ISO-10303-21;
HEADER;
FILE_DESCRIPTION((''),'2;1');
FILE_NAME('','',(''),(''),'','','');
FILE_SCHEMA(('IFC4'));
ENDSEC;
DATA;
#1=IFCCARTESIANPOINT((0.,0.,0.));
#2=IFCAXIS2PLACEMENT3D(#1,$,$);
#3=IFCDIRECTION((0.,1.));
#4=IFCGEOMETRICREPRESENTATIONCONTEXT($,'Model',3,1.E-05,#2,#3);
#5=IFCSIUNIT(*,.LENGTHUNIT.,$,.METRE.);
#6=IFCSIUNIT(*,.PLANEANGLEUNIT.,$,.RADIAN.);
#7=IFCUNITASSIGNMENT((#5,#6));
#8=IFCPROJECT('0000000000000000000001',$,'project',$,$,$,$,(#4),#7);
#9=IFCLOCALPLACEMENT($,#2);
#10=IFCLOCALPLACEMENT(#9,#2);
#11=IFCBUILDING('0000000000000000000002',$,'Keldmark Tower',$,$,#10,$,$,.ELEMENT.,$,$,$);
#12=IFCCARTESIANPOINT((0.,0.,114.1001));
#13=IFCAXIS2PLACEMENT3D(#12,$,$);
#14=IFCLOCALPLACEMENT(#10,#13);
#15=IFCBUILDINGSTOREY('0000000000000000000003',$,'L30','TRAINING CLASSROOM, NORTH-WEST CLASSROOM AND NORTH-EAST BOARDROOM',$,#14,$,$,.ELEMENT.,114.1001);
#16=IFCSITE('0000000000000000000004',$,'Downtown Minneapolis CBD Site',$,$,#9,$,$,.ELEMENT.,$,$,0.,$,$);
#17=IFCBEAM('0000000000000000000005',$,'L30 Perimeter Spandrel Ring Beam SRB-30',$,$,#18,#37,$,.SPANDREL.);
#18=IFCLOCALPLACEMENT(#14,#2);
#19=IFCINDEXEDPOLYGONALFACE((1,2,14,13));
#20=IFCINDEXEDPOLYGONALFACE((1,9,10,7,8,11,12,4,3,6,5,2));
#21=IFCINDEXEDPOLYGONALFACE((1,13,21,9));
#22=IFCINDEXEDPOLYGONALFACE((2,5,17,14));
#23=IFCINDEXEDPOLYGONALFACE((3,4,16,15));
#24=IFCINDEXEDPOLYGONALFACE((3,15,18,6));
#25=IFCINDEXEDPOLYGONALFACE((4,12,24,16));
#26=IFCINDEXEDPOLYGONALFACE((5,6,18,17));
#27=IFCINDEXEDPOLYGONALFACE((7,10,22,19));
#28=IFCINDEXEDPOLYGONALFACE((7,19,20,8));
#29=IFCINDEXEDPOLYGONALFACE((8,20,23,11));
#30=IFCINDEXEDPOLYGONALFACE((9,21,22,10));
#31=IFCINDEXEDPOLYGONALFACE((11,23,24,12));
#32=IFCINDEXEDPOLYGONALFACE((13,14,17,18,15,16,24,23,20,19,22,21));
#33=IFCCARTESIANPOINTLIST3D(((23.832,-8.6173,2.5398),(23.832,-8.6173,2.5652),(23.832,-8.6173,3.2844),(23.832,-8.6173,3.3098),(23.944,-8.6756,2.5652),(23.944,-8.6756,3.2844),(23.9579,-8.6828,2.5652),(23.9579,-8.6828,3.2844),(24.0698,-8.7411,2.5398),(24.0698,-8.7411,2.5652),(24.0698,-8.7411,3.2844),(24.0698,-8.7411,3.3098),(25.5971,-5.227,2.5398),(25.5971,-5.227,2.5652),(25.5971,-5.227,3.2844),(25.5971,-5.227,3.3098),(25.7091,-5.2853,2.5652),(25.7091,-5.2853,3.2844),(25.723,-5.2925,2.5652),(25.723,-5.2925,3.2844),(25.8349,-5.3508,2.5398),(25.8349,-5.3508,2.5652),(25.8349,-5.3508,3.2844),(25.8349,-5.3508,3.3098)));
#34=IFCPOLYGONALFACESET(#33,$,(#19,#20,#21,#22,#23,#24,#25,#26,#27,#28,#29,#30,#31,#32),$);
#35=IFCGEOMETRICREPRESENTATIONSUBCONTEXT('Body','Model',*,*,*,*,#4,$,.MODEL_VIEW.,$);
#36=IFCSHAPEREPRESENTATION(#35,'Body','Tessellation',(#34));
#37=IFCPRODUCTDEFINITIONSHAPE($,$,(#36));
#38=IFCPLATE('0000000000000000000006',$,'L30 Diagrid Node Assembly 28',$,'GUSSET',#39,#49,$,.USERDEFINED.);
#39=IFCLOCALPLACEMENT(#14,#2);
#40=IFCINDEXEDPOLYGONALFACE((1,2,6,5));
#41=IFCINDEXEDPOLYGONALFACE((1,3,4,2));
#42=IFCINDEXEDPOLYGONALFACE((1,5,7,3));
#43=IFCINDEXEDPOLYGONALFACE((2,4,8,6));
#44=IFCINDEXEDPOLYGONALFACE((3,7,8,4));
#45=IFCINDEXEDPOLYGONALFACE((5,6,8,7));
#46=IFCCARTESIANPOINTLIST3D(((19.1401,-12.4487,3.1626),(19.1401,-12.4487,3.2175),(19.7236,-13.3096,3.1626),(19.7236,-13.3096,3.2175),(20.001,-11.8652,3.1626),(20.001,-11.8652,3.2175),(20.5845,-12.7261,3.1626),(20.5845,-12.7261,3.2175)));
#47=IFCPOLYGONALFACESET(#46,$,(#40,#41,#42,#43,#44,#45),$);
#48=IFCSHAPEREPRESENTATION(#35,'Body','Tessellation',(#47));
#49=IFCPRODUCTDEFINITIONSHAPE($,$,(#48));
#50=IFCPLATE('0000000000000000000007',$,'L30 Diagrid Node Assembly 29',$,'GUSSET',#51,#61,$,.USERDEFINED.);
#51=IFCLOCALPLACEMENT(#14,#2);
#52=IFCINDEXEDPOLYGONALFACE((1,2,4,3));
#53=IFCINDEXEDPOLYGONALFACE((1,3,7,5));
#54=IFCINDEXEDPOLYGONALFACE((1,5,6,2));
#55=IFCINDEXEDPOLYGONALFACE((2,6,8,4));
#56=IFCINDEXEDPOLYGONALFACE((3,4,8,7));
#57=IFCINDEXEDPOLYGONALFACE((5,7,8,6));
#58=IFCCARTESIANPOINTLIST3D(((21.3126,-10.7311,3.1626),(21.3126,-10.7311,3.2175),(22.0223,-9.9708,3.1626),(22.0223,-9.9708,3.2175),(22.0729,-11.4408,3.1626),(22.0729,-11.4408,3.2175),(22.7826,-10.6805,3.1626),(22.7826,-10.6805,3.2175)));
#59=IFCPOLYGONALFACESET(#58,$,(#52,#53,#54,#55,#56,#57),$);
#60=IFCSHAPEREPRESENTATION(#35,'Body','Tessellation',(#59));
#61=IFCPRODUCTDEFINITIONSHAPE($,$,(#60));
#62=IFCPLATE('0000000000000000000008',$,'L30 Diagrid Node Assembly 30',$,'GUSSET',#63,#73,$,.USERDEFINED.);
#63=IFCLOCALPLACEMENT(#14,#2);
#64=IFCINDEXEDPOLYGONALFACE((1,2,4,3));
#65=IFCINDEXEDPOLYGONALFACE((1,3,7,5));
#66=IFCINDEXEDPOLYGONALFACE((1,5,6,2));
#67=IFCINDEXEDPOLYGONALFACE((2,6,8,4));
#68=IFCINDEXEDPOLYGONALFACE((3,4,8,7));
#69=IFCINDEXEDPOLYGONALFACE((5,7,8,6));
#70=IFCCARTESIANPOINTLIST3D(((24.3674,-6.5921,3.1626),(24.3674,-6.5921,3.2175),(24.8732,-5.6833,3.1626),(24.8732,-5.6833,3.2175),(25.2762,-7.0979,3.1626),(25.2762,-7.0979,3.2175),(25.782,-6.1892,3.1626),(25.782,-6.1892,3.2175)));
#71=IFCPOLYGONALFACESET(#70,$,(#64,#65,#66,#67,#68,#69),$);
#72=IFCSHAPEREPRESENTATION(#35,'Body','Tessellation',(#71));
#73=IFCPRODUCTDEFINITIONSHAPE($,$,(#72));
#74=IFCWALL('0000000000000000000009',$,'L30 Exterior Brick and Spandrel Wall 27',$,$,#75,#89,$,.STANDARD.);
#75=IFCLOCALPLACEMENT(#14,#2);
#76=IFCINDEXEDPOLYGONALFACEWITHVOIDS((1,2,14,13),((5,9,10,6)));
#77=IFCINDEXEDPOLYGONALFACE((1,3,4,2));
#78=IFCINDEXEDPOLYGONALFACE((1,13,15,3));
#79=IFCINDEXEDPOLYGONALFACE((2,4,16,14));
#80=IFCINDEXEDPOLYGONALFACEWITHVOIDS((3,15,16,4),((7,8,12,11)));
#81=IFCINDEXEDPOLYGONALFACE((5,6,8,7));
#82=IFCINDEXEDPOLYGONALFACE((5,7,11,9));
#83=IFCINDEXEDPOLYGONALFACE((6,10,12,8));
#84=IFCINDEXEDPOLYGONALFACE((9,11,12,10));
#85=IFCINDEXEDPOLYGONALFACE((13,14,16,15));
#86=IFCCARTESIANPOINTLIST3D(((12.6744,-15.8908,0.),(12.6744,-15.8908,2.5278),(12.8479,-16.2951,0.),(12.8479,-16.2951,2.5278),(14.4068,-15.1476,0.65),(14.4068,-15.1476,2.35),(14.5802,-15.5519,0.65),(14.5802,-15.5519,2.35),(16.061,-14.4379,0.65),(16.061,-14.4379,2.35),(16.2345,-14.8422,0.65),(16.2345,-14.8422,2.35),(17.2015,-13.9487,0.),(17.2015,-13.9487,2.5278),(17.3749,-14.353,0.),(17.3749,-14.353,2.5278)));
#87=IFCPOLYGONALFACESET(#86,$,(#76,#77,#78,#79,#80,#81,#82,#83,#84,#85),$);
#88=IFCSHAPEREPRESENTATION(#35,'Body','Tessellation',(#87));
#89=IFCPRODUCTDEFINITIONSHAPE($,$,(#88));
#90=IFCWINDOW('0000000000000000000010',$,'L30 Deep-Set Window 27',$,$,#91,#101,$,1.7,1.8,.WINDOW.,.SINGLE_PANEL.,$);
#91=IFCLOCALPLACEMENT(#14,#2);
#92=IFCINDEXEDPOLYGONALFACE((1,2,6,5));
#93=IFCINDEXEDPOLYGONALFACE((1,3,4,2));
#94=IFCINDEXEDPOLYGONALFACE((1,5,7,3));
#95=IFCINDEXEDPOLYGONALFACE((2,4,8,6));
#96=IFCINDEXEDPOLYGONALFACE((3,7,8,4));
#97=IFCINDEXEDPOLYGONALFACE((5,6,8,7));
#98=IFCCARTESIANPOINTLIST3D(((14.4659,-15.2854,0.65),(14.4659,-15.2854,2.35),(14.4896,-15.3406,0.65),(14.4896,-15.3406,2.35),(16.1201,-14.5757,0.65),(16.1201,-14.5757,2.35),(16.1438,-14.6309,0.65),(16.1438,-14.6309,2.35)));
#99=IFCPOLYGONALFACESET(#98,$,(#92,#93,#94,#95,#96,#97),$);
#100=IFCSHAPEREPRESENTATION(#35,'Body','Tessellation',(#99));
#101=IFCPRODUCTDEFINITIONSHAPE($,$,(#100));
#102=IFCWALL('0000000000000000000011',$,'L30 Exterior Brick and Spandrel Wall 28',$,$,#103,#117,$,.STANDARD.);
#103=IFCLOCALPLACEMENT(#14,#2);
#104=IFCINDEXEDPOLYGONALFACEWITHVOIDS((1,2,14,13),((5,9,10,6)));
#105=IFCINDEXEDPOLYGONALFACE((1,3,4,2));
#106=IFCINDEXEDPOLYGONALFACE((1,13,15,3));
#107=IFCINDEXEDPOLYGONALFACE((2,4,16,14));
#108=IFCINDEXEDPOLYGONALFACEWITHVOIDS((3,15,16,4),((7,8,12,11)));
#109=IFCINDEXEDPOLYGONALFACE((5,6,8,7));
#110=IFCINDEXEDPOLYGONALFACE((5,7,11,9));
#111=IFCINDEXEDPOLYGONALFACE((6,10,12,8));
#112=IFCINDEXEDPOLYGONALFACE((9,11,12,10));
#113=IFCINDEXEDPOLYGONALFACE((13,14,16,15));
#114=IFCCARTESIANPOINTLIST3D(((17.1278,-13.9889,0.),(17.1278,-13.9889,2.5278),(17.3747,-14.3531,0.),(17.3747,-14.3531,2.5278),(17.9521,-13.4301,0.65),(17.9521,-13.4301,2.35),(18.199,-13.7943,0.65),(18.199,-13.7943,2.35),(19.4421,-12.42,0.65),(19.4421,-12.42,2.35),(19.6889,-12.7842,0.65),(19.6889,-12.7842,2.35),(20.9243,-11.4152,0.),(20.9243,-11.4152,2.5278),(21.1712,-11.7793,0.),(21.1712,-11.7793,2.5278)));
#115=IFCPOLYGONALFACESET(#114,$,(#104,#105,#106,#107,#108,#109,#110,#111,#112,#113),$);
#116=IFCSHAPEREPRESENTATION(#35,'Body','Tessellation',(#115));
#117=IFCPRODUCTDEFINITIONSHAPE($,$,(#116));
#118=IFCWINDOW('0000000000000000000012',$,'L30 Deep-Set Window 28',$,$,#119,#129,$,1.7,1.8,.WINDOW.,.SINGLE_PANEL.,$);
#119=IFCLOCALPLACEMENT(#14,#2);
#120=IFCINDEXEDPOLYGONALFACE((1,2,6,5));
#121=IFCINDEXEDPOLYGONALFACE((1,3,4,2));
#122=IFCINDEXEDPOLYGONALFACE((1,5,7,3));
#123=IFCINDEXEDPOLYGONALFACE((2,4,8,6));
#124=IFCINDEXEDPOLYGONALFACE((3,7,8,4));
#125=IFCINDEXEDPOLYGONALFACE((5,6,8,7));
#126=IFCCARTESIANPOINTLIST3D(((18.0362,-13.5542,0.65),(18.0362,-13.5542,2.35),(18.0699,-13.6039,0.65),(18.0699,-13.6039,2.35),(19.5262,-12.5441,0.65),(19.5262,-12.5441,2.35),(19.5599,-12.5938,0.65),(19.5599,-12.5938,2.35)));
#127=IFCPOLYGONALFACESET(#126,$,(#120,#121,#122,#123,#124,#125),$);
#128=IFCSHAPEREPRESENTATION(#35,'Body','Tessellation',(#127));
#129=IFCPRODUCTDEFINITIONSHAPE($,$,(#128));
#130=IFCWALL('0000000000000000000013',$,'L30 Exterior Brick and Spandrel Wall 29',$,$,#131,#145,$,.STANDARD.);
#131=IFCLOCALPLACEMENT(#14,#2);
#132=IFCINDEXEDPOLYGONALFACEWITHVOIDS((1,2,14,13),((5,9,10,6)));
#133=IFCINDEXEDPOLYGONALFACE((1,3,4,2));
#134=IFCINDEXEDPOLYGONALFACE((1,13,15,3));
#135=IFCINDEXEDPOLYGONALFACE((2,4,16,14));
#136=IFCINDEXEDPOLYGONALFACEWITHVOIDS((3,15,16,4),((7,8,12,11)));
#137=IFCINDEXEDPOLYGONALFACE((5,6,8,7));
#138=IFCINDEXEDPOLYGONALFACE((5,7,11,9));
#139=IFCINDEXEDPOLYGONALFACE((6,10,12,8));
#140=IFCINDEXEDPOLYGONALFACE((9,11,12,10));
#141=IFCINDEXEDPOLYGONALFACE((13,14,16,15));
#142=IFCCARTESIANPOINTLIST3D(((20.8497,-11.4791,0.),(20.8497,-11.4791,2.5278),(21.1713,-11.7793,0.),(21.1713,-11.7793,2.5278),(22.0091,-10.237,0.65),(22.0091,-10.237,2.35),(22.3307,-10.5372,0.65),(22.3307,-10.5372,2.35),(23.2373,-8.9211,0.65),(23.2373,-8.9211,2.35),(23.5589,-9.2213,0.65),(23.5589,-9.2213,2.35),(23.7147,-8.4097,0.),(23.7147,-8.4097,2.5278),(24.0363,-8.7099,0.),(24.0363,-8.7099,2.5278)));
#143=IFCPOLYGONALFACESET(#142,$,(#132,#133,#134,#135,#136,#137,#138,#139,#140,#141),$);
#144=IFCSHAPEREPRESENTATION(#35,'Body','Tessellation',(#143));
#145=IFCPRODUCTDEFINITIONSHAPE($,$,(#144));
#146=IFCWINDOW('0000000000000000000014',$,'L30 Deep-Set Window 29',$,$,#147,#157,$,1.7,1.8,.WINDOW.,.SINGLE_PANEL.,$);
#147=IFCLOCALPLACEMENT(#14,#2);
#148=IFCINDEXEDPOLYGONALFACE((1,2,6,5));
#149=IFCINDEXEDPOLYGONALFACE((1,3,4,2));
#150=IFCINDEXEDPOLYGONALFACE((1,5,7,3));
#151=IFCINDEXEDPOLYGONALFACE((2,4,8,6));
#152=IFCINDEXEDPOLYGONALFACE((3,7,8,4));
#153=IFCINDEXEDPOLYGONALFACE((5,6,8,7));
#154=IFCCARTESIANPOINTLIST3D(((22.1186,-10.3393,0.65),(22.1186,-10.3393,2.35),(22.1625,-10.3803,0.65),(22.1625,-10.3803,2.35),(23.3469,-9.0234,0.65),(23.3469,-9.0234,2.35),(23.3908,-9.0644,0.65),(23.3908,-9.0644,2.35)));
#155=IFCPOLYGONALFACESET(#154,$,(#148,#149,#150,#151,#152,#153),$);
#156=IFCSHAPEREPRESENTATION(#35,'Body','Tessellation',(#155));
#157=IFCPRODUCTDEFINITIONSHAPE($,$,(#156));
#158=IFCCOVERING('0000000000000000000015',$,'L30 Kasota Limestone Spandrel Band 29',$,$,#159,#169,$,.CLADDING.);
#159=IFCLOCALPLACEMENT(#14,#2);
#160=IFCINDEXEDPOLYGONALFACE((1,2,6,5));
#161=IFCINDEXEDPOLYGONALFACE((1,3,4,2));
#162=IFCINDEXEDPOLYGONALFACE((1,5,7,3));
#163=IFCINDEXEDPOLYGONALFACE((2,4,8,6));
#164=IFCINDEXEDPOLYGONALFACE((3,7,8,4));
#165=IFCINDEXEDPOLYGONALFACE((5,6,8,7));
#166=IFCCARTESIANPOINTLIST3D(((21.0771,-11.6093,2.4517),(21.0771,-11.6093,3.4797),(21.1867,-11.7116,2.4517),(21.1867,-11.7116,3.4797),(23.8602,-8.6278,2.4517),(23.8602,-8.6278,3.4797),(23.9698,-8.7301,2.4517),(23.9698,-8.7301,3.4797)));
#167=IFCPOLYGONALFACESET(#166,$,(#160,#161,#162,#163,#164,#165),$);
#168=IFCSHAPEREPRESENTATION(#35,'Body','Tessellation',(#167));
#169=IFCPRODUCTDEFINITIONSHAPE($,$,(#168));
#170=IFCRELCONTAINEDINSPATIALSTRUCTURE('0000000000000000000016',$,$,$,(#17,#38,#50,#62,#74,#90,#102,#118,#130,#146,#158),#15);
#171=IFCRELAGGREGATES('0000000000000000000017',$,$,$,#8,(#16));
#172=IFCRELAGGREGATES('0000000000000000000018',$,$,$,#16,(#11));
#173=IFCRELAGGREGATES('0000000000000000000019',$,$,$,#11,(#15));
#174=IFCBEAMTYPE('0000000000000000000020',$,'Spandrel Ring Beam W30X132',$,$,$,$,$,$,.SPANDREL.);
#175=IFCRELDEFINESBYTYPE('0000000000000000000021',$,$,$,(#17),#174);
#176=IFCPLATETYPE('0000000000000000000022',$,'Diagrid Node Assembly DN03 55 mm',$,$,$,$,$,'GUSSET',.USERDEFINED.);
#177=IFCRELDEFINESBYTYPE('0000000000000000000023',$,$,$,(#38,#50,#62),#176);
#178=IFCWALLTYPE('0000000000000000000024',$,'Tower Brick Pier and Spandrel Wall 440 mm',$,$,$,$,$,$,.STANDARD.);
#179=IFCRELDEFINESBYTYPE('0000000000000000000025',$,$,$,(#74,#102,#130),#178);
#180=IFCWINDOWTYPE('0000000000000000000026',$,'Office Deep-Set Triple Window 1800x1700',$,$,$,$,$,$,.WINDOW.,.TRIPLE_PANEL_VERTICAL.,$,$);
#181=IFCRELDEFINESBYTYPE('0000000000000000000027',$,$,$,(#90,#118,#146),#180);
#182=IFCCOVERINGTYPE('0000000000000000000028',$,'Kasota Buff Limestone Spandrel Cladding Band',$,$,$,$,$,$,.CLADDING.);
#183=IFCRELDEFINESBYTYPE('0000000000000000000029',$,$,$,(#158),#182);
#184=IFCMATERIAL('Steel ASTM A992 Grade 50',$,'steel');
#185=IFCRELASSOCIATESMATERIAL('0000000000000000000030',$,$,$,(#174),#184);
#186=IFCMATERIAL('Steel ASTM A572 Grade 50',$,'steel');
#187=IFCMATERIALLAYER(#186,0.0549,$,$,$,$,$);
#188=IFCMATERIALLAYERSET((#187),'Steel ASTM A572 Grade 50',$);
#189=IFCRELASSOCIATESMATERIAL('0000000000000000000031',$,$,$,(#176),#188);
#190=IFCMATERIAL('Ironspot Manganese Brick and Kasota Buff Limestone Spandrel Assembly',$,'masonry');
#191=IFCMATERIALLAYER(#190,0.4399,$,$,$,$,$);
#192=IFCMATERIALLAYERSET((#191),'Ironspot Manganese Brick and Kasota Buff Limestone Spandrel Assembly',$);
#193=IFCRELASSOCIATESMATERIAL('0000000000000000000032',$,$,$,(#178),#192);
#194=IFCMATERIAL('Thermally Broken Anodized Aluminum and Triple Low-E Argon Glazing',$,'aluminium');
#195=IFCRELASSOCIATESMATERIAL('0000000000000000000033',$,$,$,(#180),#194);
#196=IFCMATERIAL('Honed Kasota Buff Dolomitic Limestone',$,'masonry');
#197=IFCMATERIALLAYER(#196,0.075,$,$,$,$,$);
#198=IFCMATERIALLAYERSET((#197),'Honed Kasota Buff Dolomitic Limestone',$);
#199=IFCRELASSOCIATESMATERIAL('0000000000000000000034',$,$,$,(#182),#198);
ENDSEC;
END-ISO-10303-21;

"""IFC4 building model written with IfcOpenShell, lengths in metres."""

from ifc_helpers import new_model, si_unit, direction, frame, frame_2d, origin, origin_2d, place, context, subcontext, project, spatial, rectangle, i_section, extrude, material, layer, layer_set, material_profile, profile_set, type_object, element, fill, save


model = new_model("IFC4")

# Units and contexts
model_context = context("Model", 3, precision=1e-05, world=origin(), true_north=direction((0.0, 1.0)))
body_context = subcontext(model_context, "Body", "Model", "MODEL_VIEW")
ifc_project = project(units=[si_unit("LENGTHUNIT", "METRE"), si_unit("PLANEANGLEUNIT", "RADIAN")], contexts=[model_context])

# Site, building, storey
site_placement = place(None, origin())
site = spatial("IfcSite", under=ifc_project, at=site_placement, Name="Downtown Minneapolis CBD Site", CompositionType="ELEMENT", RefElevation=0.0)
building_placement = place(site_placement, origin())
building = spatial("IfcBuilding", under=site, at=building_placement, Name="Keldmark Tower", CompositionType="ELEMENT")
storey_placement = place(building_placement, frame((0.0, 0.0, 114.1001)))
storey = spatial("IfcBuildingStorey", under=building, at=storey_placement, Name="L30", Description="TRAINING CLASSROOM, NORTH-WEST CLASSROOM AND NORTH-EAST BOARDROOM", CompositionType="ELEMENT", Elevation=114.1001)

# Beam
ifc_material_1 = material(Name="Steel ASTM A992 Grade 50", Category="steel")
ifc_material_profile_1 = material_profile(ifc_material_1, i_section(OverallWidth=0.2681, OverallDepth=0.77, WebThickness=0.0156, FlangeThickness=0.0254, at=origin_2d()), Name="W30X132")
ifc_profile_set_1 = profile_set([ifc_material_profile_1], Name="Steel ASTM A992 Grade 50")
beam_type_1 = type_object("IfcBeamType", Name="Spandrel Ring Beam W30X132", PredefinedType="SPANDREL", material=ifc_profile_set_1)
beam_1_placement = place(storey_placement, frame((23.9509, -8.6792, 2.9248), z_axis=(0.461793, 0.886988, 0.0), x_axis=(-0.886988, 0.461793, 0.0)))
element("IfcBeam", 1, at=beam_1_placement, inside=storey, type_object=beam_type_1, Name="L30 Perimeter Spandrel Ring Beam SRB-30", PredefinedType="SPANDREL", context=body_context, shape_type="SweptSolid", body=[
    extrude(i_section(OverallWidth=0.2681, OverallDepth=0.77, WebThickness=0.0156, FlangeThickness=0.0254, at=origin_2d()), origin(), (0.0, 0.0, 1.0), 3.8223),
])

# Plates
ifc_material_2 = material(Name="Steel ASTM A572 Grade 50", Category="steel")
ifc_layer_1 = layer(ifc_material_2, 0.0549)
ifc_layer_set_1 = layer_set([ifc_layer_1], Name="Steel ASTM A572 Grade 50")
plate_type = type_object("IfcPlateType", Name="Diagrid Node Assembly DN03 55 mm", ElementType="GUSSET", PredefinedType="USERDEFINED", material=ifc_layer_set_1)
for number, where, z_axis, x_axis, name in (
    (2, (19.8623, -12.5874, 3.1626), (0.0, 0.0, 1.0), (0.827767, 0.561072, 0.0), "L30 Diagrid Node Assembly 28"),
    (3, (22.0476, -10.7058, 3.1626), (0.0, 0.0, 1.0), (0.682381, 0.730997, 0.0), "L30 Diagrid Node Assembly 29"),
    (4, (25.0747, -6.3906, 3.1626), (0.0, 0.0, 1.0), (0.486335, 0.873772, 0.0), "L30 Diagrid Node Assembly 30"),
):
    element("IfcPlate", number, at=place(storey_placement, frame(where, z_axis=z_axis, x_axis=x_axis)), inside=storey, type_object=plate_type, Name=name, ObjectType="GUSSET", PredefinedType="USERDEFINED", context=body_context, shape_type="SweptSolid", body=[
        extrude(rectangle(XDim=1.04, YDim=1.04, at=origin_2d()), origin(), (0.0, 0.0, 1.0), 0.0549),
    ])

# Walls, openings, windows
ifc_material_3 = material(Name="Ironspot Manganese Brick and Kasota Buff Limestone Spandrel Assembly", Category="masonry")
ifc_layer_2 = layer(ifc_material_3, 0.4399)
ifc_layer_set_2 = layer_set([ifc_layer_2], Name="Ironspot Manganese Brick and Kasota Buff Limestone Spandrel Assembly")
wall_type = type_object("IfcWallType", Name="Tower Brick Pier and Spandrel Wall 440 mm", PredefinedType="STANDARD", material=ifc_layer_set_2)
wall_1_placement = place(storey_placement, frame((17.2881, -14.1509, 0.0), z_axis=(0.0, 0.0, 1.0), x_axis=(-0.919001, -0.394254, 0.0)))
wall_1 = element("IfcWall", 5, at=wall_1_placement, inside=storey, type_object=wall_type, Name="L30 Exterior Brick and Spandrel Wall 27", PredefinedType="STANDARD", context=body_context, shape_type="SweptSolid", body=[
    extrude(rectangle(XDim=4.926, YDim=0.4399, at=frame_2d((2.4629, 0.0))), origin(), (0.0, 0.0, 1.0), 2.5278),
])
opening_1_placement = place(wall_1_placement, frame((1.241, 0.0, 0.6499)))
opening_1 = element("IfcOpeningElement", 6, at=opening_1_placement, cuts=wall_1, PredefinedType="OPENING", context=body_context, shape_type="SweptSolid", body=[
    extrude(rectangle(XDim=1.8, YDim=1.7, at=frame_2d((0.8999, 0.8501))), frame((0.0, 0.23, 0.0), z_axis=(0.0, -1.0, 0.0), x_axis=(1.0, 0.0, 0.0)), (0.0, 0.0, 1.0), 0.46),
])
ifc_material_4 = material(Name="Thermally Broken Anodized Aluminum and Triple Low-E Argon Glazing", Category="aluminium")
window_type = type_object("IfcWindowType", Name="Office Deep-Set Triple Window 1800x1700", PartitioningType="TRIPLE_PANEL_VERTICAL", PredefinedType="WINDOW", material=ifc_material_4)
window_1_placement = place(opening_1_placement, origin())
window_1 = element("IfcWindow", 7, at=window_1_placement, inside=storey, type_object=window_type, Name="L30 Deep-Set Window 27", OverallHeight=1.7, OverallWidth=1.8, PartitioningType="SINGLE_PANEL", PredefinedType="WINDOW", context=body_context, shape_type="SweptSolid", body=[
    extrude(rectangle(XDim=1.8, YDim=1.7, at=frame_2d((0.8999, 0.8501))), frame((0.0, -0.01, 0.0), z_axis=(0.0, -1.0, 0.0), x_axis=(1.0, 0.0, 0.0)), (0.0, 0.0, 1.0), 0.0601),
])
fill(opening_1, window_1)
wall_2_placement = place(storey_placement, frame((21.0479, -11.5972, 0.0), z_axis=(0.0, 0.0, 1.0), x_axis=(-0.827718, -0.561145, 0.0)))
wall_2 = element("IfcWall", 8, at=wall_2_placement, inside=storey, type_object=wall_type, Name="L30 Exterior Brick and Spandrel Wall 28", PredefinedType="STANDARD", context=body_context, shape_type="SweptSolid", body=[
    extrude(rectangle(XDim=4.5867, YDim=0.4399, at=frame_2d((2.2935, 0.0))), origin(), (0.0, 0.0, 1.0), 2.5278),
])
opening_2_placement = place(wall_2_placement, frame((1.791, 0.0, 0.6499)))
opening_2 = element("IfcOpeningElement", 9, at=opening_2_placement, cuts=wall_2, PredefinedType="OPENING", context=body_context, shape_type="SweptSolid", body=[
    extrude(rectangle(XDim=1.8, YDim=1.7, at=frame_2d((0.8999, 0.8501))), frame((0.0, 0.23, 0.0), z_axis=(0.0, -1.0, 0.0), x_axis=(1.0, 0.0, 0.0)), (0.0, 0.0, 1.0), 0.46),
])
window_2_placement = place(opening_2_placement, origin())
window_2 = element("IfcWindow", 10, at=window_2_placement, inside=storey, type_object=window_type, Name="L30 Deep-Set Window 28", OverallHeight=1.7, OverallWidth=1.8, PartitioningType="SINGLE_PANEL", PredefinedType="WINDOW", context=body_context, shape_type="SweptSolid", body=[
    extrude(rectangle(XDim=1.8, YDim=1.7, at=frame_2d((0.8999, 0.8501))), frame((0.0, -0.01, 0.0), z_axis=(0.0, -1.0, 0.0), x_axis=(1.0, 0.0, 0.0)), (0.0, 0.0, 1.0), 0.0601),
])
fill(opening_2, window_2)
wall_3_placement = place(storey_placement, frame((23.8755, -8.5598, 0.0), z_axis=(0.0, 0.0, 1.0), x_axis=(-0.682353, -0.731022, 0.0)))
wall_3 = element("IfcWall", 11, at=wall_3_placement, inside=storey, type_object=wall_type, Name="L30 Exterior Brick and Spandrel Wall 29", PredefinedType="STANDARD", context=body_context, shape_type="SweptSolid", body=[
    extrude(rectangle(XDim=4.1987, YDim=0.4399, at=frame_2d((2.0994, 0.0))), origin(), (0.0, 0.0, 1.0), 2.5278),
])
opening_3_placement = place(wall_3_placement, frame((0.6997, 0.0, 0.6499)))
opening_3 = element("IfcOpeningElement", 12, at=opening_3_placement, cuts=wall_3, PredefinedType="OPENING", context=body_context, shape_type="SweptSolid", body=[
    extrude(rectangle(XDim=1.8, YDim=1.7, at=frame_2d((0.8999, 0.8501))), frame((0.0, 0.23, 0.0), z_axis=(0.0, -1.0, 0.0), x_axis=(1.0, 0.0, 0.0)), (0.0, 0.0, 1.0), 0.46),
])
window_3_placement = place(opening_3_placement, origin())
window_3 = element("IfcWindow", 13, at=window_3_placement, inside=storey, type_object=window_type, Name="L30 Deep-Set Window 29", OverallHeight=1.7, OverallWidth=1.8, PartitioningType="SINGLE_PANEL", PredefinedType="WINDOW", context=body_context, shape_type="SweptSolid", body=[
    extrude(rectangle(XDim=1.8, YDim=1.7, at=frame_2d((0.8999, 0.8501))), frame((0.0, -0.01, 0.0), z_axis=(0.0, -1.0, 0.0), x_axis=(1.0, 0.0, 0.0)), (0.0, 0.0, 1.0), 0.0601),
])
fill(opening_3, window_3)

# Covering
ifc_material_5 = material(Name="Honed Kasota Buff Dolomitic Limestone", Category="masonry")
ifc_layer_3 = layer(ifc_material_5, 0.075)
ifc_layer_set_3 = layer_set([ifc_layer_3], Name="Honed Kasota Buff Dolomitic Limestone")
covering_type = type_object("IfcCoveringType", Name="Kasota Buff Limestone Spandrel Cladding Band", PredefinedType="CLADDING", material=ifc_layer_set_3)
covering_placement = place(storey_placement, frame((22.5234, -10.1697, 2.4517), z_axis=(0.0, 0.0, 1.0), x_axis=(0.682368, 0.731008, 0.0)))
element("IfcCovering", 14, at=covering_placement, inside=storey, type_object=covering_type, Name="L30 Kasota Limestone Spandrel Band 29", PredefinedType="CLADDING", context=body_context, shape_type="SweptSolid", body=[
    extrude(rectangle(XDim=4.0786, YDim=0.1499, at=origin_2d()), origin(), (0.0, 0.0, 1.0), 1.0281),
])

save(model, "model.ifc")
